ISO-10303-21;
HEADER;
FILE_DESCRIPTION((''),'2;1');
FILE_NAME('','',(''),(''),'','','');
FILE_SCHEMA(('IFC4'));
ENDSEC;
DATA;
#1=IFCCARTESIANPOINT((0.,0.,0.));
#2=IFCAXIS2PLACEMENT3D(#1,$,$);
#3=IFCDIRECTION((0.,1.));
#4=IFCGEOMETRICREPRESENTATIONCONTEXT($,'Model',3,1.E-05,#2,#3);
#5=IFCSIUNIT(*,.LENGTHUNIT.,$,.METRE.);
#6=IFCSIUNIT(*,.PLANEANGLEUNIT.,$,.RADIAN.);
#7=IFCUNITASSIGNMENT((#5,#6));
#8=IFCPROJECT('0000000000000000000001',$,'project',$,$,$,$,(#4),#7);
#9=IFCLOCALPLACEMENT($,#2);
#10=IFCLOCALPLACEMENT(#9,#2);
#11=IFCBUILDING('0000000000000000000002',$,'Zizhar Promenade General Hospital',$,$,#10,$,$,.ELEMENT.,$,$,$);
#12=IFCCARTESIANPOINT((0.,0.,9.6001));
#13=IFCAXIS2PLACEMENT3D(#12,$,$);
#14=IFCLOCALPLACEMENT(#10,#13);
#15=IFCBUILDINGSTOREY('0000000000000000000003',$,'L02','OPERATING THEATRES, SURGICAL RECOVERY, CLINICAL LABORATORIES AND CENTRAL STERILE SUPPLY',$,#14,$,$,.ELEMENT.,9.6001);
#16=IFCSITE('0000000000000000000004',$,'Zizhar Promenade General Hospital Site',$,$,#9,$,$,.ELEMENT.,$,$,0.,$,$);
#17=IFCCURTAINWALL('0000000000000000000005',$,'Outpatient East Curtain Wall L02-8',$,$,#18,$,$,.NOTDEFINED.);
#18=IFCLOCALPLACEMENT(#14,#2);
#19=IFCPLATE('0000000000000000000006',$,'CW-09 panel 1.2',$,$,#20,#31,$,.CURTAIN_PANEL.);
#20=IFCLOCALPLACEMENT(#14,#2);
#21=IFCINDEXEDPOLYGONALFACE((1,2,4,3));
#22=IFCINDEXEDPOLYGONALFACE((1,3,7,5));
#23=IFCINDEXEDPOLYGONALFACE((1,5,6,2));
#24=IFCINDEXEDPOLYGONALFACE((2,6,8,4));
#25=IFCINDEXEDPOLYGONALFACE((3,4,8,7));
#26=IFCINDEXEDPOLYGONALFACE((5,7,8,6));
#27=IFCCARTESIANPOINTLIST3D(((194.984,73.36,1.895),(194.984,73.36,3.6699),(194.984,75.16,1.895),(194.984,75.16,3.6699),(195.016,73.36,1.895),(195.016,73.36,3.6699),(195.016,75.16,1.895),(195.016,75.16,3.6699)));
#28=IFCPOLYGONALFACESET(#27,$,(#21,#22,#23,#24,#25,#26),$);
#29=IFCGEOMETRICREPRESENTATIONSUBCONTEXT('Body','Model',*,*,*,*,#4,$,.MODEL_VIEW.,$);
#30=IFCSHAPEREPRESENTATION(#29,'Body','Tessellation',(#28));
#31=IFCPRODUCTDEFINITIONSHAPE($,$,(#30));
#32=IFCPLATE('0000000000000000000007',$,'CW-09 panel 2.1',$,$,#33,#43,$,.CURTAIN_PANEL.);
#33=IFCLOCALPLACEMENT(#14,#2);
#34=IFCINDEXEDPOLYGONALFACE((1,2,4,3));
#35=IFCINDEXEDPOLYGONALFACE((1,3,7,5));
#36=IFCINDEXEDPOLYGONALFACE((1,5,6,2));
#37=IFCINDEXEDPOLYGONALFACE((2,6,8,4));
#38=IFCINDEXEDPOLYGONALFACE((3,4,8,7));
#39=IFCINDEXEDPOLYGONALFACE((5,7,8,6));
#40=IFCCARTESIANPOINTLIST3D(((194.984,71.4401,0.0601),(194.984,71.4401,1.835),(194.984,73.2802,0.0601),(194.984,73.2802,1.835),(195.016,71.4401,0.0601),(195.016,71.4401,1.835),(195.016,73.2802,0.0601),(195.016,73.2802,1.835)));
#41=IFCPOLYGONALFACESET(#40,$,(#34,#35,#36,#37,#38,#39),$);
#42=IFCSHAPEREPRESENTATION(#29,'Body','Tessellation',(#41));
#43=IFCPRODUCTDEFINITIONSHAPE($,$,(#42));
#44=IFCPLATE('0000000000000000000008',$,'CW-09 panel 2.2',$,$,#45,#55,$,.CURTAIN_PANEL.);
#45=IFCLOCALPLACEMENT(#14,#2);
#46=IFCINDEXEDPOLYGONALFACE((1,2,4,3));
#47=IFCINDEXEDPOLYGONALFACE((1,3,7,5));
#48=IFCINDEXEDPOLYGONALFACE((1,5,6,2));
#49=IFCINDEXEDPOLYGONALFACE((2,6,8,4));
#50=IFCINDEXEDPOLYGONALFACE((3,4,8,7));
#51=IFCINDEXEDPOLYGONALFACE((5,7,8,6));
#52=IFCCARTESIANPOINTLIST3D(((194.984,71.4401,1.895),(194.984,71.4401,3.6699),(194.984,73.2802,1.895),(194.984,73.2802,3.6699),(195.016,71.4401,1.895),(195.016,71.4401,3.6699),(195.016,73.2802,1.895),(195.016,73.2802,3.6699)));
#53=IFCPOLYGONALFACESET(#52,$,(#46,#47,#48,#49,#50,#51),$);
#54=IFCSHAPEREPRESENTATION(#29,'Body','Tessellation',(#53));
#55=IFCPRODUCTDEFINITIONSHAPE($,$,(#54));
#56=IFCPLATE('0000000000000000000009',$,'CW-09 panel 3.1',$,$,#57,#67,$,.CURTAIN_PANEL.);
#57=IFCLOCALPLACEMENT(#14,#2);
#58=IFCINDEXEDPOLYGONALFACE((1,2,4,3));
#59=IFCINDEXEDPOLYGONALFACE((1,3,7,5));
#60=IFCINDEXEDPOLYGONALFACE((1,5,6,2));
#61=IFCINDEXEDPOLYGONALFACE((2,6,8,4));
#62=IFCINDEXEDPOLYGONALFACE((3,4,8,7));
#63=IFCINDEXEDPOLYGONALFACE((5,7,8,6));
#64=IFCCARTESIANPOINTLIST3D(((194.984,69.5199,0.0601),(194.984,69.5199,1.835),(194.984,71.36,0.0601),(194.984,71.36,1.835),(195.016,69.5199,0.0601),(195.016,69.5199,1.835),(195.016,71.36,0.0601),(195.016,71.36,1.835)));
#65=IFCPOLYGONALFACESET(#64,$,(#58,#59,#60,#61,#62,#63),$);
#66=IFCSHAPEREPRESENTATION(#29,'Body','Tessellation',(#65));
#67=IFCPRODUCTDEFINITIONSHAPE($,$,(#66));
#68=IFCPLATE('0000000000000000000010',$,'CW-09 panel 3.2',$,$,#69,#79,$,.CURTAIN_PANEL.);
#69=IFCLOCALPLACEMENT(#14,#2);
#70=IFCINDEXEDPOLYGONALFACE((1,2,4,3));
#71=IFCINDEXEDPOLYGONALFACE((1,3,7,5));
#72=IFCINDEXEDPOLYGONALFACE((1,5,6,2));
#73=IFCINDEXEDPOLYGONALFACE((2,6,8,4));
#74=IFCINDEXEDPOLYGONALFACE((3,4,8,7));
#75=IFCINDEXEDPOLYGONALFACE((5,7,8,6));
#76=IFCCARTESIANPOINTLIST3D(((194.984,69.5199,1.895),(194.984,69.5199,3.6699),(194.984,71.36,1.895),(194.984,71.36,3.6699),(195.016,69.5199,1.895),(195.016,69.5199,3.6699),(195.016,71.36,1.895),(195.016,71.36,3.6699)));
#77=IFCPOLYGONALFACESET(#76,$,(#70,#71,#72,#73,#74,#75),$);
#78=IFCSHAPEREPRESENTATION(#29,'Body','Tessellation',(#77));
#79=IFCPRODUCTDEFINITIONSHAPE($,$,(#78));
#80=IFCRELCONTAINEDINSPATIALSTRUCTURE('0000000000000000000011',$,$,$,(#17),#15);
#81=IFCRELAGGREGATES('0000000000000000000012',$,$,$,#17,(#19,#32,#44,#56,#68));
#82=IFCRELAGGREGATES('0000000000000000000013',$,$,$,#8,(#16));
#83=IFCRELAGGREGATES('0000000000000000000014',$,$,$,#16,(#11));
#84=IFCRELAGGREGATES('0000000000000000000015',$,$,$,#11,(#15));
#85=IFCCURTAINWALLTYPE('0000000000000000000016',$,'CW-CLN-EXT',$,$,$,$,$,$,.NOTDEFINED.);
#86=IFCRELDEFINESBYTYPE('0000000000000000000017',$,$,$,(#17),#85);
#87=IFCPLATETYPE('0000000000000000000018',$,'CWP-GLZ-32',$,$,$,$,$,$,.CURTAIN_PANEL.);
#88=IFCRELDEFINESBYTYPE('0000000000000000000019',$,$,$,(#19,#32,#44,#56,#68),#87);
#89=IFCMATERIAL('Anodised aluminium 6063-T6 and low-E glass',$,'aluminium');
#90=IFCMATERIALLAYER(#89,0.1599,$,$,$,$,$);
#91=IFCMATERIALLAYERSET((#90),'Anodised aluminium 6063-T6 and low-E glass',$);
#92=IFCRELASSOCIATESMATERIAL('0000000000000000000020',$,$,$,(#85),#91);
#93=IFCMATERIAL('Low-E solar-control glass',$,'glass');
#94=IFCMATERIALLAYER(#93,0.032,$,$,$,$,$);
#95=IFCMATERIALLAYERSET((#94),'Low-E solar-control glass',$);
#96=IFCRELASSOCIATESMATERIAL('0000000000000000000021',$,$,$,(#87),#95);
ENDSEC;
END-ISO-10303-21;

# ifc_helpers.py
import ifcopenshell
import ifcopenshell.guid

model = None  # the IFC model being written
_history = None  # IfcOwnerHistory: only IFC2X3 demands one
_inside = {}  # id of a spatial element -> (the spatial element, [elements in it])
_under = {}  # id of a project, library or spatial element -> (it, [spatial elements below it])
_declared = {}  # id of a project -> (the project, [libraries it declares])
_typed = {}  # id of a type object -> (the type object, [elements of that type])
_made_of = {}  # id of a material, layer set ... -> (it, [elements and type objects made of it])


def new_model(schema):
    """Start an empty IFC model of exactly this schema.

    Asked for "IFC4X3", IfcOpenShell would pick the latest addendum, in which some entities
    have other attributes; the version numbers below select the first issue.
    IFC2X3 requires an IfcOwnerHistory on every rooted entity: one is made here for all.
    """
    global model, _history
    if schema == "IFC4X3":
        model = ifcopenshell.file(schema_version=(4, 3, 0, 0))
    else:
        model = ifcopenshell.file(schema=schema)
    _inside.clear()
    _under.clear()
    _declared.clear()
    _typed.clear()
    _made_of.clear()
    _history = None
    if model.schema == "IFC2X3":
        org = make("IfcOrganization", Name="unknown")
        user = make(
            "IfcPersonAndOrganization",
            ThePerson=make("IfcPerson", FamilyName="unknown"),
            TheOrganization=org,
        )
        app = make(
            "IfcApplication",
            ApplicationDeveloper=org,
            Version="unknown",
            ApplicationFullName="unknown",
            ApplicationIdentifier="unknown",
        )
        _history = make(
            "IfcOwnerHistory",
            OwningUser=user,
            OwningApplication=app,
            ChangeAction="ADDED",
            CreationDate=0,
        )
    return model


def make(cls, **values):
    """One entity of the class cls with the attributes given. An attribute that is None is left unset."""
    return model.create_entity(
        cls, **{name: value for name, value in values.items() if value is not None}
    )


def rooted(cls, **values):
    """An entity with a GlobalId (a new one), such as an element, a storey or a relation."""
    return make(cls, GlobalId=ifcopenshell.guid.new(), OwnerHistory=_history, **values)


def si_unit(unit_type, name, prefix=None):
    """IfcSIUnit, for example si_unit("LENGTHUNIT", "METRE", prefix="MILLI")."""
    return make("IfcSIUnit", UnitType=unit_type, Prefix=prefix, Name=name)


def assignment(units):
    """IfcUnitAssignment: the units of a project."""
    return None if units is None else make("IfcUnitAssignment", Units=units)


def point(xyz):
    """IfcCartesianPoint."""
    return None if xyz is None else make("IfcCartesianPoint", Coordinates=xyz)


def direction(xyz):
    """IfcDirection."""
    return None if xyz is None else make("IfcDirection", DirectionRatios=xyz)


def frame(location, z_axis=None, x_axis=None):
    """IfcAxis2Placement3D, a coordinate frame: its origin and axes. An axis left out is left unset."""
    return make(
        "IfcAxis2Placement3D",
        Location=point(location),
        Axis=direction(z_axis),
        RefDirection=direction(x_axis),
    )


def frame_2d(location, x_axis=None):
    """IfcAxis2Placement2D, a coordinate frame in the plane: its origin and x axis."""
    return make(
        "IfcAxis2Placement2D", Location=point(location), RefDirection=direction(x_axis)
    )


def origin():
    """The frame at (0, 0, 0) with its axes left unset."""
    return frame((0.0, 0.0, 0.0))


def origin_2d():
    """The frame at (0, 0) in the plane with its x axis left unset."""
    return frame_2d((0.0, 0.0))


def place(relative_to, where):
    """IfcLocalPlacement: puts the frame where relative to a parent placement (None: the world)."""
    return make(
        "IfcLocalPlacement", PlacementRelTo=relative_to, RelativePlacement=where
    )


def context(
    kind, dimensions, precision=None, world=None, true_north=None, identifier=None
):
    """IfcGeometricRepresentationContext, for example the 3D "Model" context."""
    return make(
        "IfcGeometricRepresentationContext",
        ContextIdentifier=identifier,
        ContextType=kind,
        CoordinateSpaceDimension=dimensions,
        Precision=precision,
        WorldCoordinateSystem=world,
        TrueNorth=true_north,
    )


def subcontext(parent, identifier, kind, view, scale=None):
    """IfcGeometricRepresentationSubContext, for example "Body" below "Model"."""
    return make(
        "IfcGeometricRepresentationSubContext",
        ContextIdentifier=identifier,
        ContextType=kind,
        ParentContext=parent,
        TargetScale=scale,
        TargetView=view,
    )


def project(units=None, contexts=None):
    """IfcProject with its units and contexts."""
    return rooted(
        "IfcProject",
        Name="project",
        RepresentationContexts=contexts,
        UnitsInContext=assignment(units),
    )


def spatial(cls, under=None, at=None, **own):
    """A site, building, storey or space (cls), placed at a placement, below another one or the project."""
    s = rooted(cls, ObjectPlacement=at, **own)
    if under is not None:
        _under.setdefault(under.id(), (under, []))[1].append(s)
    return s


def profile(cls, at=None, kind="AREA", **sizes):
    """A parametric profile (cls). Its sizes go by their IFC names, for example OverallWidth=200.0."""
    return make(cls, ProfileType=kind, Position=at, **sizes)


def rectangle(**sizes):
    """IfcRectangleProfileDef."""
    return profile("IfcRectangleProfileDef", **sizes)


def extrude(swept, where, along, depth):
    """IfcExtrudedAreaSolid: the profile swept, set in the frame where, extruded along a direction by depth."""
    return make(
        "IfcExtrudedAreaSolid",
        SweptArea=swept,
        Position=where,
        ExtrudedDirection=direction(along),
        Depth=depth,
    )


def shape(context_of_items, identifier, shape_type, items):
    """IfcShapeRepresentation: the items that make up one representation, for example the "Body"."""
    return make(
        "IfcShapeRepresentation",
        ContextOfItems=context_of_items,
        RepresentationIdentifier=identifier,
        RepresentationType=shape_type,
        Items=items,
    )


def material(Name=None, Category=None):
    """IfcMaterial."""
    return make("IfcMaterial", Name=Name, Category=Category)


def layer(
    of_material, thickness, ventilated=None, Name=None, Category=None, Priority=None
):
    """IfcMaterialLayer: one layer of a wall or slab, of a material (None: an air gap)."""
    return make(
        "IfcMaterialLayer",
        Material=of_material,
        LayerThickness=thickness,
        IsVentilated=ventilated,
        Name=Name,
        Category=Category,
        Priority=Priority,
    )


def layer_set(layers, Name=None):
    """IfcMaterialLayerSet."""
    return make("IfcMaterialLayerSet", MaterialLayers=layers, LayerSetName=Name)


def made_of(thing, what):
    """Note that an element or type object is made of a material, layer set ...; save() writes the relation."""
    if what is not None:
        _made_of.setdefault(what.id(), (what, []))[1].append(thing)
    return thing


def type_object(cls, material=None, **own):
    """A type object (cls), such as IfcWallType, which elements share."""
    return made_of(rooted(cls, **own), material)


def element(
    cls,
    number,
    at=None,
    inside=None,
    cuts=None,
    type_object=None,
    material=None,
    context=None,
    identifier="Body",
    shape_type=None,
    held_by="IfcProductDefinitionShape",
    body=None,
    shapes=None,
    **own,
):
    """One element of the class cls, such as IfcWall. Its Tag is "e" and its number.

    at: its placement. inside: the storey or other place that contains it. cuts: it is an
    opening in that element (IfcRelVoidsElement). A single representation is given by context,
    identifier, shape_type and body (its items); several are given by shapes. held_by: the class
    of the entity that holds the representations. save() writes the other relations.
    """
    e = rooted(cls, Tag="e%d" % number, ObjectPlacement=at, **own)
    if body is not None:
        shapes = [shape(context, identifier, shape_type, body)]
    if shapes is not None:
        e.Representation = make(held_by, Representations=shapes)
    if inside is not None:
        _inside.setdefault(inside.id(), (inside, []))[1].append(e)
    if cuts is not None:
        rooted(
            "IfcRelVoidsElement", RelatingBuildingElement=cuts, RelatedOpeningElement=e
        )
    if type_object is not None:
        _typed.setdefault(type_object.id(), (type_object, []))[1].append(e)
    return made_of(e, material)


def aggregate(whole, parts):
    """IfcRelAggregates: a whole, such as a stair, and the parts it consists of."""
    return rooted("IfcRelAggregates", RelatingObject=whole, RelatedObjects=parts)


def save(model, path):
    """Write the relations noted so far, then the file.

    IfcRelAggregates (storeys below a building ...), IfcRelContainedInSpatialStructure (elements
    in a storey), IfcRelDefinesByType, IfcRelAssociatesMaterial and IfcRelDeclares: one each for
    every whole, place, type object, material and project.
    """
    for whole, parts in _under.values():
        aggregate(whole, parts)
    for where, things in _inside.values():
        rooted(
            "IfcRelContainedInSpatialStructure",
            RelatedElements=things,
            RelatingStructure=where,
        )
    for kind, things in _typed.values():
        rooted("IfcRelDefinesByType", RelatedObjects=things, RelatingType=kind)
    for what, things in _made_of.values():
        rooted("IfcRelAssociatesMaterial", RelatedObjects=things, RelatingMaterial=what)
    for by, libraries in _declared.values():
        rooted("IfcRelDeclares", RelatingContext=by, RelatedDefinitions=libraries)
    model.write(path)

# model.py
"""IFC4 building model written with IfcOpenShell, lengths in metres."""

from ifc_helpers import new_model, si_unit, direction, frame, origin, origin_2d, place, context, subcontext, project, spatial, rectangle, extrude, material, layer, layer_set, type_object, element, aggregate, save


model = new_model("IFC4")

# Units and contexts
model_context = context("Model", 3, precision=1e-05, world=origin(), true_north=direction((0.0, 1.0)))
body_context = subcontext(model_context, "Body", "Model", "MODEL_VIEW")
ifc_project = project(units=[si_unit("LENGTHUNIT", "METRE"), si_unit("PLANEANGLEUNIT", "RADIAN")], contexts=[model_context])

# Site, building, storey
site_placement = place(None, origin())
site = spatial("IfcSite", under=ifc_project, at=site_placement, Name="Zizhar Promenade General Hospital Site", CompositionType="ELEMENT", RefElevation=0.0)
building_placement = place(site_placement, origin())
building = spatial("IfcBuilding", under=site, at=building_placement, Name="Zizhar Promenade General Hospital", CompositionType="ELEMENT")
storey_placement = place(building_placement, frame((0.0, 0.0, 9.6001)))
storey = spatial("IfcBuildingStorey", under=building, at=storey_placement, Name="L02", Description="OPERATING THEATRES, SURGICAL RECOVERY, CLINICAL LABORATORIES AND CENTRAL STERILE SUPPLY", CompositionType="ELEMENT", Elevation=9.6001)

# Curtain wall, plates
ifc_material_1 = material(Name="Anodised aluminium 6063-T6 and low-E glass", Category="aluminium")
ifc_layer_1 = layer(ifc_material_1, 0.1599)
ifc_layer_set_1 = layer_set([ifc_layer_1], Name="Anodised aluminium 6063-T6 and low-E glass")
curtain_wall_type = type_object("IfcCurtainWallType", Name="CW-CLN-EXT", PredefinedType="NOTDEFINED", material=ifc_layer_set_1)
curtain_wall_placement = place(storey_placement, origin())
curtain_wall = element("IfcCurtainWall", 1, at=curtain_wall_placement, inside=storey, type_object=curtain_wall_type, Name="Outpatient East Curtain Wall L02-8", PredefinedType="NOTDEFINED")
ifc_material_2 = material(Name="Low-E solar-control glass", Category="glass")
ifc_layer_2 = layer(ifc_material_2, 0.032)
ifc_layer_set_2 = layer_set([ifc_layer_2], Name="Low-E solar-control glass")
plate_type = type_object("IfcPlateType", Name="CWP-GLZ-32", PredefinedType="CURTAIN_PANEL", material=ifc_layer_set_2)
plate_1_placement = place(storey_placement, frame((195.0, 74.26, 1.895), z_axis=(0.0, 0.0, 1.0), x_axis=(0.0, -1.0, 0.0)))
plate_1 = element("IfcPlate", 2, at=plate_1_placement, type_object=plate_type, Name="CW-09 panel 1.2", PredefinedType="CURTAIN_PANEL", context=body_context, shape_type="SweptSolid", body=[
    extrude(rectangle(XDim=1.8, YDim=0.032, at=origin_2d()), origin(), (0.0, 0.0, 1.0), 1.7749),
])
plate_2_placement = place(storey_placement, frame((195.0, 72.3601, 0.0601), z_axis=(0.0, 0.0, 1.0), x_axis=(0.0, -1.0, 0.0)))
plate_2 = element("IfcPlate", 3, at=plate_2_placement, type_object=plate_type, Name="CW-09 panel 2.1", PredefinedType="CURTAIN_PANEL", context=body_context, shape_type="SweptSolid", body=[
    extrude(rectangle(XDim=1.8401, YDim=0.032, at=origin_2d()), origin(), (0.0, 0.0, 1.0), 1.7749),
])
plate_3_placement = place(storey_placement, frame((195.0, 72.3601, 1.895), z_axis=(0.0, 0.0, 1.0), x_axis=(0.0, -1.0, 0.0)))
plate_3 = element("IfcPlate", 4, at=plate_3_placement, type_object=plate_type, Name="CW-09 panel 2.2", PredefinedType="CURTAIN_PANEL", context=body_context, shape_type="SweptSolid", body=[
    extrude(rectangle(XDim=1.8401, YDim=0.032, at=origin_2d()), origin(), (0.0, 0.0, 1.0), 1.7749),
])
plate_4_placement = place(storey_placement, frame((195.0, 70.4399, 0.0601), z_axis=(0.0, 0.0, 1.0), x_axis=(0.0, -1.0, 0.0)))
plate_4 = element("IfcPlate", 5, at=plate_4_placement, type_object=plate_type, Name="CW-09 panel 3.1", PredefinedType="CURTAIN_PANEL", context=body_context, shape_type="SweptSolid", body=[
    extrude(rectangle(XDim=1.8401, YDim=0.032, at=origin_2d()), origin(), (0.0, 0.0, 1.0), 1.7749),
])
plate_5_placement = place(storey_placement, frame((195.0, 70.4399, 1.895), z_axis=(0.0, 0.0, 1.0), x_axis=(0.0, -1.0, 0.0)))
plate_5 = element("IfcPlate", 6, at=plate_5_placement, type_object=plate_type, Name="CW-09 panel 3.2", PredefinedType="CURTAIN_PANEL", context=body_context, shape_type="SweptSolid", body=[
    extrude(rectangle(XDim=1.8401, YDim=0.032, at=origin_2d()), origin(), (0.0, 0.0, 1.0), 1.7749),
])
aggregate(curtain_wall, [plate_1, plate_2, plate_3, plate_4, plate_5])

save(model, "model.ifc")
